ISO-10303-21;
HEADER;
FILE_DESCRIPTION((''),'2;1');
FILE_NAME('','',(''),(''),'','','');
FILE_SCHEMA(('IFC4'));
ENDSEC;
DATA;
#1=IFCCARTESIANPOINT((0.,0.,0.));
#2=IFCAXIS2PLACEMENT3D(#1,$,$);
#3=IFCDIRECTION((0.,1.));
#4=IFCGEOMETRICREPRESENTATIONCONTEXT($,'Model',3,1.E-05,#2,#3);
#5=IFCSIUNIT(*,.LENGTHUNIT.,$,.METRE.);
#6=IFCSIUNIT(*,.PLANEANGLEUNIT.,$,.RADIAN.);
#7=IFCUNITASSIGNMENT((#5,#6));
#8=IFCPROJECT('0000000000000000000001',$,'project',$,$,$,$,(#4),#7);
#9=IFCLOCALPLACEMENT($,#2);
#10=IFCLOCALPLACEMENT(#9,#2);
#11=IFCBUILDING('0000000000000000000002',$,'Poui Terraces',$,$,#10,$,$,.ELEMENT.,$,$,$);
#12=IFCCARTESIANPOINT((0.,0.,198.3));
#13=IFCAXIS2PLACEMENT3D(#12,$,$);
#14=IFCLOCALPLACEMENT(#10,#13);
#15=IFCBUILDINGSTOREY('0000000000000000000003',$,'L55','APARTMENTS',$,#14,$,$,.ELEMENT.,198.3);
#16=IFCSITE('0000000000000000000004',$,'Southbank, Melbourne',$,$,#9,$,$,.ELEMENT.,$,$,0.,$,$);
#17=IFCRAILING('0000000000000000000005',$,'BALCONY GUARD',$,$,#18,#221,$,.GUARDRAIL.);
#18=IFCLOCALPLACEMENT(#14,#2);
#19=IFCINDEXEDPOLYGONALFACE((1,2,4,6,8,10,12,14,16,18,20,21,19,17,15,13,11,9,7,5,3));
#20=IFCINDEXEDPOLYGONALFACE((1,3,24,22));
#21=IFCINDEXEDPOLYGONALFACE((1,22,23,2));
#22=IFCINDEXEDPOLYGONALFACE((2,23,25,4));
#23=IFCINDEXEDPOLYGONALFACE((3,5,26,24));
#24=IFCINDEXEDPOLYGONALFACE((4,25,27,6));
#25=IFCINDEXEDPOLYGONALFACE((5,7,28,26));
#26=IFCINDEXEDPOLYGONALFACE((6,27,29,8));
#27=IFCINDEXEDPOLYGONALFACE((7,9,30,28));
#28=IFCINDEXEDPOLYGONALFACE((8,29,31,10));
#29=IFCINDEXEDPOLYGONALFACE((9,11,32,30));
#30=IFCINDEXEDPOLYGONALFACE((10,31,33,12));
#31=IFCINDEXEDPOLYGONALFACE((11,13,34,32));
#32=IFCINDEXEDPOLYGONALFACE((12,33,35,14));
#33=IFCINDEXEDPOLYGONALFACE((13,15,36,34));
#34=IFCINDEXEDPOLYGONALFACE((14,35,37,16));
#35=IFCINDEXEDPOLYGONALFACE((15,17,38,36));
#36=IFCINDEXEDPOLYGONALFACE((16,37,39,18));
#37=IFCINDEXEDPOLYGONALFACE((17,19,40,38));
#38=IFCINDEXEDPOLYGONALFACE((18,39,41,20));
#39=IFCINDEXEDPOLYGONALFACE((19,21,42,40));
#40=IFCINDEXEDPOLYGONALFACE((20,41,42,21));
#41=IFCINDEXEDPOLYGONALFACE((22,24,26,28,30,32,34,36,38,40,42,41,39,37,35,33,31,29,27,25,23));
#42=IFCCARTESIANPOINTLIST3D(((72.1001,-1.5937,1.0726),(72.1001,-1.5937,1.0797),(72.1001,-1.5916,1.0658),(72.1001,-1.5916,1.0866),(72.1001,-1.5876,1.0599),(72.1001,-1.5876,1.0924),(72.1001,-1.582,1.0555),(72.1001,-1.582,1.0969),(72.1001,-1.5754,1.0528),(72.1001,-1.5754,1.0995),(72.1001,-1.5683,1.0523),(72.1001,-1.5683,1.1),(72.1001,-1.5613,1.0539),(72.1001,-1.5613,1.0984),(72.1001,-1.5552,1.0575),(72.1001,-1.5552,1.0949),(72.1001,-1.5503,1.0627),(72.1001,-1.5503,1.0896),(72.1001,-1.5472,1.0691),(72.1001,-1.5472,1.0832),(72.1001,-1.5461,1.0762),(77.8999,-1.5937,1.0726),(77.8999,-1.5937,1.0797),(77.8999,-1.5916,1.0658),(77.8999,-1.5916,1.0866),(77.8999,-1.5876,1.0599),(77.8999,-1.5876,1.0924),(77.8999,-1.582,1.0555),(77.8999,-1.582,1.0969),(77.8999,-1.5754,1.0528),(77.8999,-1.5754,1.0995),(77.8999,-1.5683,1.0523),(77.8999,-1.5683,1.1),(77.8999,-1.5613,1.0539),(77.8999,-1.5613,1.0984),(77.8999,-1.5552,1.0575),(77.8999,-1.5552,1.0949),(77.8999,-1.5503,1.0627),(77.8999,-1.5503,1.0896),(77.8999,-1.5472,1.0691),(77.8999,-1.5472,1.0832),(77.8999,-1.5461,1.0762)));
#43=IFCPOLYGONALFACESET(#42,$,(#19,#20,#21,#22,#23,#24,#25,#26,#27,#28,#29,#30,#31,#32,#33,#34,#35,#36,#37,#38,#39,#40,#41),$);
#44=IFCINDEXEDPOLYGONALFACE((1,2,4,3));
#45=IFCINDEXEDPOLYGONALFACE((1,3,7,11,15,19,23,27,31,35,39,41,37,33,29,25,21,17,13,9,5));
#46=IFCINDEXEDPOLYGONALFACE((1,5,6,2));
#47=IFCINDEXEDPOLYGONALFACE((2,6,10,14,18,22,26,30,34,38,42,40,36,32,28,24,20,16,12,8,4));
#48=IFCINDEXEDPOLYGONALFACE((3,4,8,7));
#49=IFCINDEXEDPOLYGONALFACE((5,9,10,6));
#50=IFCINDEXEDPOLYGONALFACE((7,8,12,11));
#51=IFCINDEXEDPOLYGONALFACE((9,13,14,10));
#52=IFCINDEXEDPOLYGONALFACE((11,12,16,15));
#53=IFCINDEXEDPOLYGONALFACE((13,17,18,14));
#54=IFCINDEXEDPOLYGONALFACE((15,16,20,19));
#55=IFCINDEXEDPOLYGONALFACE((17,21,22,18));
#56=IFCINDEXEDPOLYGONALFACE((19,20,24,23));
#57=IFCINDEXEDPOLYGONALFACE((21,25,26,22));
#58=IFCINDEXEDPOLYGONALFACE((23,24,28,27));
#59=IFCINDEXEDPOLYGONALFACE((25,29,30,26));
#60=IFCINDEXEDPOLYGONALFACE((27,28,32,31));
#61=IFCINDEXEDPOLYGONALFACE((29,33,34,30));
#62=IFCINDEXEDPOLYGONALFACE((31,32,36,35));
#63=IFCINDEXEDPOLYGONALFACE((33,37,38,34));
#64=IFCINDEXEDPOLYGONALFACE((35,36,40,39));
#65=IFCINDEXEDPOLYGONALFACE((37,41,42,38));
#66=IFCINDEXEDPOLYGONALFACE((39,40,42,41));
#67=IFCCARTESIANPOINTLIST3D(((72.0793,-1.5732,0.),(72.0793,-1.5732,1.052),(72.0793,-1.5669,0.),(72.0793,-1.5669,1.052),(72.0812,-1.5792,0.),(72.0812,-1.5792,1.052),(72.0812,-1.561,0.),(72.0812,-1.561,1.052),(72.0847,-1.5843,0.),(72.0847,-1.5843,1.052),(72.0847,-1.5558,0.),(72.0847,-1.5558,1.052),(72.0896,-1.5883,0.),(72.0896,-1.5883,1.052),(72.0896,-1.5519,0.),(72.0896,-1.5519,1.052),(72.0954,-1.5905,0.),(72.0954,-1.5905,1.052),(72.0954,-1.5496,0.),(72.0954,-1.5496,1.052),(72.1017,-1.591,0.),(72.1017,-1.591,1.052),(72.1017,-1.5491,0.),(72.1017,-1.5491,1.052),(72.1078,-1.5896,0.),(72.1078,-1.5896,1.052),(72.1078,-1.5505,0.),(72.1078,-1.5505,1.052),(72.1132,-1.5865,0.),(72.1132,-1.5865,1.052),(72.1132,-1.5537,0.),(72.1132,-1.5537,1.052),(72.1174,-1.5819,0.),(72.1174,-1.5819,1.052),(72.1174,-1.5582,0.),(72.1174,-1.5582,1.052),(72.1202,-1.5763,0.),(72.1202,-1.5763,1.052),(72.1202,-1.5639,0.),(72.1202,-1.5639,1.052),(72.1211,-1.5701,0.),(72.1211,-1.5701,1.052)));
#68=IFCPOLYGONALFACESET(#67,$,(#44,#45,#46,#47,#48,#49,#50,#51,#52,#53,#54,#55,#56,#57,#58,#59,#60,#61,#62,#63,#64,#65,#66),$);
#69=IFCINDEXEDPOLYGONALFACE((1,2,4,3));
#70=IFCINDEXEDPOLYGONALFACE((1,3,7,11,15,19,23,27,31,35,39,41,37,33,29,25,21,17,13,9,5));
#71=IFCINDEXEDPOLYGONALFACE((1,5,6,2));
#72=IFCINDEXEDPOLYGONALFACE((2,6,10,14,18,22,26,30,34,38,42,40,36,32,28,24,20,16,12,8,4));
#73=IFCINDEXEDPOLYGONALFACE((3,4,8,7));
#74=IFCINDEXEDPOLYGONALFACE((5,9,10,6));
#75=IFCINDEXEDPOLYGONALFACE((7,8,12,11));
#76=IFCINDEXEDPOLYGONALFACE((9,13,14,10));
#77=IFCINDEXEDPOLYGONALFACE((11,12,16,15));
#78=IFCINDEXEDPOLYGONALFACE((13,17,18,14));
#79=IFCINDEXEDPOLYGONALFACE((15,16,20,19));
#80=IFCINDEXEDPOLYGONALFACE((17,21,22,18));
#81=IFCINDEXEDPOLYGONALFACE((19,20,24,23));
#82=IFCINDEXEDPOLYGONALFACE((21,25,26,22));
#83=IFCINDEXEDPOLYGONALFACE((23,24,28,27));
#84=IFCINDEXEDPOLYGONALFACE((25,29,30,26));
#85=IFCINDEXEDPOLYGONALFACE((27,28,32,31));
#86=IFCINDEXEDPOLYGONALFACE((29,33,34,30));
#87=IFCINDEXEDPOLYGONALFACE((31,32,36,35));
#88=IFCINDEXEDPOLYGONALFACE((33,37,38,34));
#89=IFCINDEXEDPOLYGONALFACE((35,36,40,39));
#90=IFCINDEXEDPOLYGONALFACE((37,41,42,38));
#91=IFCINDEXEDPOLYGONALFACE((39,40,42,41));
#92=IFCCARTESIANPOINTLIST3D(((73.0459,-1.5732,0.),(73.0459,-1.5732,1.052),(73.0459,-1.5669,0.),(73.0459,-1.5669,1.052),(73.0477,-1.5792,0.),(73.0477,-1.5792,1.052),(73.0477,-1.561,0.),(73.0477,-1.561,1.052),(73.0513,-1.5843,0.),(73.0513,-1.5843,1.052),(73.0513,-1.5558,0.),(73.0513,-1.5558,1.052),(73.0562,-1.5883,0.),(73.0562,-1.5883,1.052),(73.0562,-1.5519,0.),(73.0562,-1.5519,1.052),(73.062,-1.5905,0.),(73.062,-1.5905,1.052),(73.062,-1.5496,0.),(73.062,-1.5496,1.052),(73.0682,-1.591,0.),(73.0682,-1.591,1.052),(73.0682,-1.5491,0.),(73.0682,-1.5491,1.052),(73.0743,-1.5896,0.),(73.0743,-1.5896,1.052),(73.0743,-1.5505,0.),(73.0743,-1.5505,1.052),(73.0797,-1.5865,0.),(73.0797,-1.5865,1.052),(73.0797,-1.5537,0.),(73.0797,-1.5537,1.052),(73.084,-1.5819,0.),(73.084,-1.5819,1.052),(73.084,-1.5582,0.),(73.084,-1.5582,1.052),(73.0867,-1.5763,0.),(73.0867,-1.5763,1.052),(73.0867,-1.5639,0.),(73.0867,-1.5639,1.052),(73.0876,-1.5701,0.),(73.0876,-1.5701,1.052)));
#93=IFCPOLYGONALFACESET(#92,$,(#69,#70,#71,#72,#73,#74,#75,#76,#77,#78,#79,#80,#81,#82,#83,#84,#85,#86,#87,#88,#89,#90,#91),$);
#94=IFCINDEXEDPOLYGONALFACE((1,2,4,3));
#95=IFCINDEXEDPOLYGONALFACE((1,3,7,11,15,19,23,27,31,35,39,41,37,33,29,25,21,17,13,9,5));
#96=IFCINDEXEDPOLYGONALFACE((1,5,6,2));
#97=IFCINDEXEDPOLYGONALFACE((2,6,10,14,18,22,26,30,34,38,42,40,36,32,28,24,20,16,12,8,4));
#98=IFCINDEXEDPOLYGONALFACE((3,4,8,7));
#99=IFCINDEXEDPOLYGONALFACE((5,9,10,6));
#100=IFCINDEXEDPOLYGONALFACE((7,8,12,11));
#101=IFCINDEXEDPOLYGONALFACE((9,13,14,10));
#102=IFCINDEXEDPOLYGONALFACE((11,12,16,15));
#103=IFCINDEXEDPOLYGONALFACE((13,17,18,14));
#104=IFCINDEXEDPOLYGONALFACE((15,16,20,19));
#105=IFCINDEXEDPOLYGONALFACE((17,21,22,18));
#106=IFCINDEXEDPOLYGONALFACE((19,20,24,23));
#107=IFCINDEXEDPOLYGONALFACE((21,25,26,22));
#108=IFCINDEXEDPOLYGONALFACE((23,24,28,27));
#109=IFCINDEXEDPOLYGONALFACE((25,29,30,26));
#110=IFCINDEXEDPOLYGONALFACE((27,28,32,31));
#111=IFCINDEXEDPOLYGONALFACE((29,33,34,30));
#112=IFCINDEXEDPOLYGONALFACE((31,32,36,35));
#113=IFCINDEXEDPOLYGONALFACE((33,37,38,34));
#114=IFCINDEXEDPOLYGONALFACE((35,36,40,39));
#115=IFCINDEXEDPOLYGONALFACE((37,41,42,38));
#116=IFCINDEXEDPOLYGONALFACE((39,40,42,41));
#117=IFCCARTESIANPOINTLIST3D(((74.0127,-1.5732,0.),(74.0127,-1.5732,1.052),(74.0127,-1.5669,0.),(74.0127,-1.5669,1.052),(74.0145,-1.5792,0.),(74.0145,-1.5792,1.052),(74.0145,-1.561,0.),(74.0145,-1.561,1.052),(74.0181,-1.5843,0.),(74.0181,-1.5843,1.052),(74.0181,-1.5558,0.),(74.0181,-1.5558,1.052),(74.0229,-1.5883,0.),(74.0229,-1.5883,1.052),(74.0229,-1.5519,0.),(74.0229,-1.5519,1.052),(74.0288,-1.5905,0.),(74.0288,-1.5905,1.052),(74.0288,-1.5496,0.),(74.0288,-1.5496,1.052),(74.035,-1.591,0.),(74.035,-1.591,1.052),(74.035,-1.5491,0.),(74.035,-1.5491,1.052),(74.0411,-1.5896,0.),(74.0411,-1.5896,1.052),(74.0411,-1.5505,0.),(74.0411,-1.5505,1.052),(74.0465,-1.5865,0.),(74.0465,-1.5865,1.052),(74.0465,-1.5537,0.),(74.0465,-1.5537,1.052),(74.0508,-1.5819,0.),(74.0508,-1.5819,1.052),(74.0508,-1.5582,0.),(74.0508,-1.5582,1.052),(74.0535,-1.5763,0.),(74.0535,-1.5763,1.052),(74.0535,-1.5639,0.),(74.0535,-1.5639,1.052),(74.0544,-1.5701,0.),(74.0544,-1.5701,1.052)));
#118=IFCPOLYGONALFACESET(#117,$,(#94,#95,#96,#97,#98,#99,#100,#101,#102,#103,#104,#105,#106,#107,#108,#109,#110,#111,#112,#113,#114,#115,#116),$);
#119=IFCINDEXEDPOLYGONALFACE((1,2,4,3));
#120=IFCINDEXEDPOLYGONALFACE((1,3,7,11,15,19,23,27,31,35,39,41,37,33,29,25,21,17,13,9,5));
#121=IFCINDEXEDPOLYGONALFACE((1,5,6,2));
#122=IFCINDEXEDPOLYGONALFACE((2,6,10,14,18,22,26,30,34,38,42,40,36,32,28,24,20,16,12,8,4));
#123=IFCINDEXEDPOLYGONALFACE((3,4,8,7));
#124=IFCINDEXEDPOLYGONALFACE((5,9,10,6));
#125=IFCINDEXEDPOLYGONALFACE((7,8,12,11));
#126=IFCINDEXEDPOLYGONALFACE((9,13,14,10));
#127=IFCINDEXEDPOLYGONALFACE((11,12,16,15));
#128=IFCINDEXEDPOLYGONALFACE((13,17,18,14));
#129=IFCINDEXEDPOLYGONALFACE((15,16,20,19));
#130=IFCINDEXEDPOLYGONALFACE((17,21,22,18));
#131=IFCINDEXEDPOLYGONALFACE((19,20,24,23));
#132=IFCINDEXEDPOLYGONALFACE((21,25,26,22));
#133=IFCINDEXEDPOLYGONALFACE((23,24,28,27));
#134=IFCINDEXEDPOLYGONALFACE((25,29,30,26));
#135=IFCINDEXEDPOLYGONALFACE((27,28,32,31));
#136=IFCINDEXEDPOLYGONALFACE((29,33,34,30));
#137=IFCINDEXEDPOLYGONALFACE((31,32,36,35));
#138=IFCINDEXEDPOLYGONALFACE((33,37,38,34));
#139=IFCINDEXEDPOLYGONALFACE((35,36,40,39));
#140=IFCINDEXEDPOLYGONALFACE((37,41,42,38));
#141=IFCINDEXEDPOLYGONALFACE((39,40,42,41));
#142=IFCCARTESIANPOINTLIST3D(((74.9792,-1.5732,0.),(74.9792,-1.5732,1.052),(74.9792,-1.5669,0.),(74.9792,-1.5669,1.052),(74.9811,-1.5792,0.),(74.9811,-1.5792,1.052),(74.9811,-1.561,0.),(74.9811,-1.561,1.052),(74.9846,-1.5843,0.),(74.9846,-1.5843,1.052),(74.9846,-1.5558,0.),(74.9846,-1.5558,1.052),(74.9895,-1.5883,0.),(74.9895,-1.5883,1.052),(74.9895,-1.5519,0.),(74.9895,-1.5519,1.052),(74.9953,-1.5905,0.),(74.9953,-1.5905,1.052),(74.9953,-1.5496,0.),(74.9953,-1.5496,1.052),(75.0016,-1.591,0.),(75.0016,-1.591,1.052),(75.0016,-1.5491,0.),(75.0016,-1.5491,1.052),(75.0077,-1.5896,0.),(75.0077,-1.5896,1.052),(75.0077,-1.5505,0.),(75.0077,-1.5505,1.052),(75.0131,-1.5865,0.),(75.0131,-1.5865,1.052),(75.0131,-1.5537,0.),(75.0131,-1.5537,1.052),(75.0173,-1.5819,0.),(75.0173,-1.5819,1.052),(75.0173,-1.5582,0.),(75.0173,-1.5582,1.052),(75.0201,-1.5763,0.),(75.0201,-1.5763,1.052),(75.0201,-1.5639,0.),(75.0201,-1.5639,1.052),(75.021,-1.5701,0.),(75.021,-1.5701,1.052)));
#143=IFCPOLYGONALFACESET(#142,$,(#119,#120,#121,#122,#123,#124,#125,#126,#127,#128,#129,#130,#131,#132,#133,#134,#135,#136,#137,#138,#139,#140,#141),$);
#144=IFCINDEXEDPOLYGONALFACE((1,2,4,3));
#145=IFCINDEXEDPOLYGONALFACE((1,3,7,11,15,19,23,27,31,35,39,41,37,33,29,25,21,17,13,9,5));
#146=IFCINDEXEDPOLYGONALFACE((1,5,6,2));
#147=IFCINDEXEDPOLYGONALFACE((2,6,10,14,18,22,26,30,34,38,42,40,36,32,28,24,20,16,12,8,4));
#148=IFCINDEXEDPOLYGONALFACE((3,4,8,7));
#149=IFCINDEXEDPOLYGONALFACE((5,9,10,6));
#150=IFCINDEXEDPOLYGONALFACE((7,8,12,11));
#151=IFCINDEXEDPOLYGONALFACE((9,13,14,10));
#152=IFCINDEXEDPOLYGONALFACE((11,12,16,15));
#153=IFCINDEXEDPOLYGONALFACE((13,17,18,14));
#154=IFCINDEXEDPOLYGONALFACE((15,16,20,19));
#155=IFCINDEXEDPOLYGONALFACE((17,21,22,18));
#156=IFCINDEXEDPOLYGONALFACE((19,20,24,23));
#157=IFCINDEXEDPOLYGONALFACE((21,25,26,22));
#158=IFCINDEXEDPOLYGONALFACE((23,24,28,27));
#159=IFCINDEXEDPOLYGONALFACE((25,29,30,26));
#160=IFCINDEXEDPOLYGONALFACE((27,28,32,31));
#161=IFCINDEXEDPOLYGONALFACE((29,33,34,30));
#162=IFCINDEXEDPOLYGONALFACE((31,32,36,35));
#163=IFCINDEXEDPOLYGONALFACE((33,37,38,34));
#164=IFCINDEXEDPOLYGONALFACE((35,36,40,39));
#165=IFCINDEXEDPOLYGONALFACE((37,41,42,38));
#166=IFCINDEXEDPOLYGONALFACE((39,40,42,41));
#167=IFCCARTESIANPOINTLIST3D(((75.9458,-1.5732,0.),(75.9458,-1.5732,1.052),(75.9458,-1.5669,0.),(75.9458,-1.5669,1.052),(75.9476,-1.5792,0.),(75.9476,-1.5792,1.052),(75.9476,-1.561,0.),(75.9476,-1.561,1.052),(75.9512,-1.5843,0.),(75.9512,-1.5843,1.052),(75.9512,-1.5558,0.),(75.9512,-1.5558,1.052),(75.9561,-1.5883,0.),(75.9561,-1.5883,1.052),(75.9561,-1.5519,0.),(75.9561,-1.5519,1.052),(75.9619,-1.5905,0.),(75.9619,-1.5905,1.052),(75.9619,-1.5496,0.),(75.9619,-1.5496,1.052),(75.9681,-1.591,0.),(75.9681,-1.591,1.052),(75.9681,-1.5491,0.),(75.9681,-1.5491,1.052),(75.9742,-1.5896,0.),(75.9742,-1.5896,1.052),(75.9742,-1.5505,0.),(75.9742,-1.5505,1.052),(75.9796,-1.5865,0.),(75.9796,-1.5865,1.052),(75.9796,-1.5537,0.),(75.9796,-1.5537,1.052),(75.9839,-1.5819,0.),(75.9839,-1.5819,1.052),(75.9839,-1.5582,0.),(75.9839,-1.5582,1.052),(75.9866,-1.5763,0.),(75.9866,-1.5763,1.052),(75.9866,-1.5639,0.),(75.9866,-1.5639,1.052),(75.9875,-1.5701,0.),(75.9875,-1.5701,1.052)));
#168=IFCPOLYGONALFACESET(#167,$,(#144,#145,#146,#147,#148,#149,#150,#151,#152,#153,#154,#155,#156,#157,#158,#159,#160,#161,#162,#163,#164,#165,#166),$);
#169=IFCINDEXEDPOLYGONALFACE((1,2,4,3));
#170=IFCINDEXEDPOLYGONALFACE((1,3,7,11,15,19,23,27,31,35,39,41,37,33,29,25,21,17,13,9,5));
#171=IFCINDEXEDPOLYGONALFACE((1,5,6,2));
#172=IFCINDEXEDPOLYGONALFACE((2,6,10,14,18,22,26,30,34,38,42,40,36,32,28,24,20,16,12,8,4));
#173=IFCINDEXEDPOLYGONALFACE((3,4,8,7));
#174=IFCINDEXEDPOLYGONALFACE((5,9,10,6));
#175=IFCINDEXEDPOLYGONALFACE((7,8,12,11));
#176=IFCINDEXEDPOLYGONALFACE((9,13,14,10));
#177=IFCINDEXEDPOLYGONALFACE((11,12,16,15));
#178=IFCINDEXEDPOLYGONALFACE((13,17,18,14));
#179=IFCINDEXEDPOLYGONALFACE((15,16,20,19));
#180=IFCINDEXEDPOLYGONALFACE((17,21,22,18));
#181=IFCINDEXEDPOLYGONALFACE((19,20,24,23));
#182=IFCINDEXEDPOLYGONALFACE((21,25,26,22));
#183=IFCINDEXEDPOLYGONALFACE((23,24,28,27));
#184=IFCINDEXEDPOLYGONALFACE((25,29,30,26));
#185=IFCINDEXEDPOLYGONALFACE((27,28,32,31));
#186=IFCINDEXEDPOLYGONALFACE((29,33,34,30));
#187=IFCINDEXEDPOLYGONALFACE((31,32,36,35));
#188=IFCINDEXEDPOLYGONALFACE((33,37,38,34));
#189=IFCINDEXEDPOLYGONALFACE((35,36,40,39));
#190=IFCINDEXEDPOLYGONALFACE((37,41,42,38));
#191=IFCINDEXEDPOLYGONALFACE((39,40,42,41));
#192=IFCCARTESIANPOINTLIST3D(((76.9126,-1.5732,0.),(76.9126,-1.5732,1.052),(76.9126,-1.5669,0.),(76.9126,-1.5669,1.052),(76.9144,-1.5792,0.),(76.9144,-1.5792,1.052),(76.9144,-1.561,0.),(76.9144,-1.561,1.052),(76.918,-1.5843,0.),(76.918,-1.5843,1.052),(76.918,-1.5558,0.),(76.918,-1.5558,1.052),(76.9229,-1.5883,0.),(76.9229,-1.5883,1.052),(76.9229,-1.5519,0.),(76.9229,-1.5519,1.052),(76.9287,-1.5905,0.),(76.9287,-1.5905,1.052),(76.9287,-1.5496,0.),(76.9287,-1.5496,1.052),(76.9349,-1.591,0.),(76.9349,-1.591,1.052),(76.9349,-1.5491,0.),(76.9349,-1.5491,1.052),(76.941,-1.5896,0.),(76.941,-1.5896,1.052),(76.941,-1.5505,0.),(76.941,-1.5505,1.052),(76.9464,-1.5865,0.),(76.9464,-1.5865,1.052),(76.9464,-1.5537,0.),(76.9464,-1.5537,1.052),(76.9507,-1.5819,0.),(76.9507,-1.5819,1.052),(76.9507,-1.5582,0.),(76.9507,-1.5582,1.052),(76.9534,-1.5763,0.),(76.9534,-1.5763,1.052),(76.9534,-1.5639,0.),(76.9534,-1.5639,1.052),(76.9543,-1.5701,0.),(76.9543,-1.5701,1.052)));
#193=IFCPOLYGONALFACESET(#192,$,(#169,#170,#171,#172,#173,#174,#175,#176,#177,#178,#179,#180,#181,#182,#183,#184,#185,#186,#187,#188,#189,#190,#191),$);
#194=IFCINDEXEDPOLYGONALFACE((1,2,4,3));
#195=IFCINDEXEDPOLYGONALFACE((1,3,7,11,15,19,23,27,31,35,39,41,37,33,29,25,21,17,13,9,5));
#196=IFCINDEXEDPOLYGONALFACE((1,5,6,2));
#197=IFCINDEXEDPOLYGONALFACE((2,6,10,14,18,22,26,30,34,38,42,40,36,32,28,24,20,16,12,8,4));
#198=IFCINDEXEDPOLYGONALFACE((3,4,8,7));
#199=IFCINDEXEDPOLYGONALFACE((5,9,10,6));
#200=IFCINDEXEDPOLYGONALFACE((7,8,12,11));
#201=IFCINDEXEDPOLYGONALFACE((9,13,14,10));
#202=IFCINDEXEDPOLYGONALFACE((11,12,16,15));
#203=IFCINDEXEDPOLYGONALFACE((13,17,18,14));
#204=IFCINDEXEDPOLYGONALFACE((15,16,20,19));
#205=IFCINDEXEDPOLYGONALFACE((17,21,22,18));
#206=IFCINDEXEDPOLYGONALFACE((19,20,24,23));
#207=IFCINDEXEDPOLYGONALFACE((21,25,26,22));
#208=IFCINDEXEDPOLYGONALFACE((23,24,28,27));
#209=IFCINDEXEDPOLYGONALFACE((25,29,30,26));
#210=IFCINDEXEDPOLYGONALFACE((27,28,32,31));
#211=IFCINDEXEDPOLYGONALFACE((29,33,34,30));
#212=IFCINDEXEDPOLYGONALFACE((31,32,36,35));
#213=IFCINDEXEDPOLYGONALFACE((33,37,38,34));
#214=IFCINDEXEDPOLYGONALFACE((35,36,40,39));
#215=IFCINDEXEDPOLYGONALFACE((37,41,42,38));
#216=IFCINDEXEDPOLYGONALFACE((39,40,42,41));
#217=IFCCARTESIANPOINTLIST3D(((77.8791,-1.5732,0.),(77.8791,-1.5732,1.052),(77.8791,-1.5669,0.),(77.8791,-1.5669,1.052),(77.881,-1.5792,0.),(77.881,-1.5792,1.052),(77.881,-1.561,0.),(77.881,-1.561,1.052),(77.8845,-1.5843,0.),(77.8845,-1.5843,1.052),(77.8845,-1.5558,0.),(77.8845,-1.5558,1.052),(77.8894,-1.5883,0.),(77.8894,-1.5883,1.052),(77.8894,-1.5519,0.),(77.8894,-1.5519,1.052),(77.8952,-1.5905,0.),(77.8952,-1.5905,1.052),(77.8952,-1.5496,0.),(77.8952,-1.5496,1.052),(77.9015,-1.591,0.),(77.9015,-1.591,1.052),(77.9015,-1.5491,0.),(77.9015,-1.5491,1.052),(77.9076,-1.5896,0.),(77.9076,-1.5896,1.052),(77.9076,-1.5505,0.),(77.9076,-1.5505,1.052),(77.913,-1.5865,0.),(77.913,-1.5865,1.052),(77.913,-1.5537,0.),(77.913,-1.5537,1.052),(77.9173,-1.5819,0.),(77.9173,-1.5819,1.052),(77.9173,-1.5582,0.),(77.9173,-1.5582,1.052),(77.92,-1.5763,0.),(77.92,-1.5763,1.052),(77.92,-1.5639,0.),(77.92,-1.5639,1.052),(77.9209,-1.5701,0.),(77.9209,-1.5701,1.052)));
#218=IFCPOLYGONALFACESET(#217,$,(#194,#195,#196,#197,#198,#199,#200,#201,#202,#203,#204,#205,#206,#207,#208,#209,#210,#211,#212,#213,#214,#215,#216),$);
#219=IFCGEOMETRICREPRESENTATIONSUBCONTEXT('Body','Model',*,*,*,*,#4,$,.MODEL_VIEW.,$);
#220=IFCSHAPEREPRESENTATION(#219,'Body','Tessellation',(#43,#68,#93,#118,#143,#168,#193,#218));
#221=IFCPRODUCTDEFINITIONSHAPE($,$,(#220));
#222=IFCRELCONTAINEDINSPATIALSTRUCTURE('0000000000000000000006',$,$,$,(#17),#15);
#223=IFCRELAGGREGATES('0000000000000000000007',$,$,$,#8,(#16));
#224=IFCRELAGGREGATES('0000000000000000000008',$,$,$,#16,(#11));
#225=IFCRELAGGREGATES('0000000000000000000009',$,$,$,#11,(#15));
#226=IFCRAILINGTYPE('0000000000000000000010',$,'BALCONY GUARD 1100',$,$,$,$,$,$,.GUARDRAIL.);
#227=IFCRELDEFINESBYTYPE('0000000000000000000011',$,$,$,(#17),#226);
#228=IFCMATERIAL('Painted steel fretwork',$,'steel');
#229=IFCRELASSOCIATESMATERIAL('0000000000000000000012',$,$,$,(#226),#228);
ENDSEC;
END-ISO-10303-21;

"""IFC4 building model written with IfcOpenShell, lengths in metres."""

from ifc_helpers import new_model, si_unit, direction, frame, origin, origin_2d, place, context, subcontext, project, spatial, circle, extrude, material, type_object, element, save


model = new_model("IFC4")

# Units and contexts
model_context = context("Model", 3, precision=1e-05, world=origin(), true_north=direction((0.0, 1.0)))
body_context = subcontext(model_context, "Body", "Model", "MODEL_VIEW")
ifc_project = project(units=[si_unit("LENGTHUNIT", "METRE"), si_unit("PLANEANGLEUNIT", "RADIAN")], contexts=[model_context])

# Site, building, storey
site_placement = place(None, origin())
site = spatial("IfcSite", under=ifc_project, at=site_placement, Name="Southbank, Melbourne", CompositionType="ELEMENT", RefElevation=0.0)
building_placement = place(site_placement, origin())
building = spatial("IfcBuilding", under=site, at=building_placement, Name="Poui Terraces", CompositionType="ELEMENT")
storey_placement = place(building_placement, frame((0.0, 0.0, 198.3)))
storey = spatial("IfcBuildingStorey", under=building, at=storey_placement, Name="L55", Description="APARTMENTS", CompositionType="ELEMENT", Elevation=198.3)

# Railing
ifc_material_1 = material(Name="Painted steel fretwork", Category="steel")
railing_type = type_object("IfcRailingType", Name="BALCONY GUARD 1100", PredefinedType="GUARDRAIL", material=ifc_material_1)
railing_placement = place(storey_placement, frame((72.1001, -1.5701, 0.0)))
element("IfcRailing", 1, at=railing_placement, inside=storey, type_object=railing_type, Name="BALCONY GUARD", PredefinedType="GUARDRAIL", context=body_context, shape_type="SweptSolid", body=[
    extrude(circle(Radius=0.0239, at=origin_2d()), frame((0.0, 0.0, 1.0762), z_axis=(1.0, 0.0, 0.0), x_axis=(0.0, 1.0, 0.0)), (0.0, 0.0, 1.0), 5.7998),
    extrude(circle(Radius=0.021, at=origin_2d()), origin(), (0.0, 0.0, 1.0), 1.052),
    extrude(circle(Radius=0.021, at=origin_2d()), frame((0.9666, 0.0, 0.0)), (0.0, 0.0, 1.0), 1.052),
    extrude(circle(Radius=0.021, at=origin_2d()), frame((1.9333, 0.0, 0.0)), (0.0, 0.0, 1.0), 1.052),
    extrude(circle(Radius=0.021, at=origin_2d()), frame((2.8999, 0.0, 0.0)), (0.0, 0.0, 1.0), 1.052),
    extrude(circle(Radius=0.021, at=origin_2d()), frame((3.8665, 0.0, 0.0)), (0.0, 0.0, 1.0), 1.052),
    extrude(circle(Radius=0.021, at=origin_2d()), frame((4.8333, 0.0, 0.0)), (0.0, 0.0, 1.0), 1.052),
    extrude(circle(Radius=0.021, at=origin_2d()), frame((5.7998, 0.0, 0.0)), (0.0, 0.0, 1.0), 1.052),
])

save(model, "model.ifc")
